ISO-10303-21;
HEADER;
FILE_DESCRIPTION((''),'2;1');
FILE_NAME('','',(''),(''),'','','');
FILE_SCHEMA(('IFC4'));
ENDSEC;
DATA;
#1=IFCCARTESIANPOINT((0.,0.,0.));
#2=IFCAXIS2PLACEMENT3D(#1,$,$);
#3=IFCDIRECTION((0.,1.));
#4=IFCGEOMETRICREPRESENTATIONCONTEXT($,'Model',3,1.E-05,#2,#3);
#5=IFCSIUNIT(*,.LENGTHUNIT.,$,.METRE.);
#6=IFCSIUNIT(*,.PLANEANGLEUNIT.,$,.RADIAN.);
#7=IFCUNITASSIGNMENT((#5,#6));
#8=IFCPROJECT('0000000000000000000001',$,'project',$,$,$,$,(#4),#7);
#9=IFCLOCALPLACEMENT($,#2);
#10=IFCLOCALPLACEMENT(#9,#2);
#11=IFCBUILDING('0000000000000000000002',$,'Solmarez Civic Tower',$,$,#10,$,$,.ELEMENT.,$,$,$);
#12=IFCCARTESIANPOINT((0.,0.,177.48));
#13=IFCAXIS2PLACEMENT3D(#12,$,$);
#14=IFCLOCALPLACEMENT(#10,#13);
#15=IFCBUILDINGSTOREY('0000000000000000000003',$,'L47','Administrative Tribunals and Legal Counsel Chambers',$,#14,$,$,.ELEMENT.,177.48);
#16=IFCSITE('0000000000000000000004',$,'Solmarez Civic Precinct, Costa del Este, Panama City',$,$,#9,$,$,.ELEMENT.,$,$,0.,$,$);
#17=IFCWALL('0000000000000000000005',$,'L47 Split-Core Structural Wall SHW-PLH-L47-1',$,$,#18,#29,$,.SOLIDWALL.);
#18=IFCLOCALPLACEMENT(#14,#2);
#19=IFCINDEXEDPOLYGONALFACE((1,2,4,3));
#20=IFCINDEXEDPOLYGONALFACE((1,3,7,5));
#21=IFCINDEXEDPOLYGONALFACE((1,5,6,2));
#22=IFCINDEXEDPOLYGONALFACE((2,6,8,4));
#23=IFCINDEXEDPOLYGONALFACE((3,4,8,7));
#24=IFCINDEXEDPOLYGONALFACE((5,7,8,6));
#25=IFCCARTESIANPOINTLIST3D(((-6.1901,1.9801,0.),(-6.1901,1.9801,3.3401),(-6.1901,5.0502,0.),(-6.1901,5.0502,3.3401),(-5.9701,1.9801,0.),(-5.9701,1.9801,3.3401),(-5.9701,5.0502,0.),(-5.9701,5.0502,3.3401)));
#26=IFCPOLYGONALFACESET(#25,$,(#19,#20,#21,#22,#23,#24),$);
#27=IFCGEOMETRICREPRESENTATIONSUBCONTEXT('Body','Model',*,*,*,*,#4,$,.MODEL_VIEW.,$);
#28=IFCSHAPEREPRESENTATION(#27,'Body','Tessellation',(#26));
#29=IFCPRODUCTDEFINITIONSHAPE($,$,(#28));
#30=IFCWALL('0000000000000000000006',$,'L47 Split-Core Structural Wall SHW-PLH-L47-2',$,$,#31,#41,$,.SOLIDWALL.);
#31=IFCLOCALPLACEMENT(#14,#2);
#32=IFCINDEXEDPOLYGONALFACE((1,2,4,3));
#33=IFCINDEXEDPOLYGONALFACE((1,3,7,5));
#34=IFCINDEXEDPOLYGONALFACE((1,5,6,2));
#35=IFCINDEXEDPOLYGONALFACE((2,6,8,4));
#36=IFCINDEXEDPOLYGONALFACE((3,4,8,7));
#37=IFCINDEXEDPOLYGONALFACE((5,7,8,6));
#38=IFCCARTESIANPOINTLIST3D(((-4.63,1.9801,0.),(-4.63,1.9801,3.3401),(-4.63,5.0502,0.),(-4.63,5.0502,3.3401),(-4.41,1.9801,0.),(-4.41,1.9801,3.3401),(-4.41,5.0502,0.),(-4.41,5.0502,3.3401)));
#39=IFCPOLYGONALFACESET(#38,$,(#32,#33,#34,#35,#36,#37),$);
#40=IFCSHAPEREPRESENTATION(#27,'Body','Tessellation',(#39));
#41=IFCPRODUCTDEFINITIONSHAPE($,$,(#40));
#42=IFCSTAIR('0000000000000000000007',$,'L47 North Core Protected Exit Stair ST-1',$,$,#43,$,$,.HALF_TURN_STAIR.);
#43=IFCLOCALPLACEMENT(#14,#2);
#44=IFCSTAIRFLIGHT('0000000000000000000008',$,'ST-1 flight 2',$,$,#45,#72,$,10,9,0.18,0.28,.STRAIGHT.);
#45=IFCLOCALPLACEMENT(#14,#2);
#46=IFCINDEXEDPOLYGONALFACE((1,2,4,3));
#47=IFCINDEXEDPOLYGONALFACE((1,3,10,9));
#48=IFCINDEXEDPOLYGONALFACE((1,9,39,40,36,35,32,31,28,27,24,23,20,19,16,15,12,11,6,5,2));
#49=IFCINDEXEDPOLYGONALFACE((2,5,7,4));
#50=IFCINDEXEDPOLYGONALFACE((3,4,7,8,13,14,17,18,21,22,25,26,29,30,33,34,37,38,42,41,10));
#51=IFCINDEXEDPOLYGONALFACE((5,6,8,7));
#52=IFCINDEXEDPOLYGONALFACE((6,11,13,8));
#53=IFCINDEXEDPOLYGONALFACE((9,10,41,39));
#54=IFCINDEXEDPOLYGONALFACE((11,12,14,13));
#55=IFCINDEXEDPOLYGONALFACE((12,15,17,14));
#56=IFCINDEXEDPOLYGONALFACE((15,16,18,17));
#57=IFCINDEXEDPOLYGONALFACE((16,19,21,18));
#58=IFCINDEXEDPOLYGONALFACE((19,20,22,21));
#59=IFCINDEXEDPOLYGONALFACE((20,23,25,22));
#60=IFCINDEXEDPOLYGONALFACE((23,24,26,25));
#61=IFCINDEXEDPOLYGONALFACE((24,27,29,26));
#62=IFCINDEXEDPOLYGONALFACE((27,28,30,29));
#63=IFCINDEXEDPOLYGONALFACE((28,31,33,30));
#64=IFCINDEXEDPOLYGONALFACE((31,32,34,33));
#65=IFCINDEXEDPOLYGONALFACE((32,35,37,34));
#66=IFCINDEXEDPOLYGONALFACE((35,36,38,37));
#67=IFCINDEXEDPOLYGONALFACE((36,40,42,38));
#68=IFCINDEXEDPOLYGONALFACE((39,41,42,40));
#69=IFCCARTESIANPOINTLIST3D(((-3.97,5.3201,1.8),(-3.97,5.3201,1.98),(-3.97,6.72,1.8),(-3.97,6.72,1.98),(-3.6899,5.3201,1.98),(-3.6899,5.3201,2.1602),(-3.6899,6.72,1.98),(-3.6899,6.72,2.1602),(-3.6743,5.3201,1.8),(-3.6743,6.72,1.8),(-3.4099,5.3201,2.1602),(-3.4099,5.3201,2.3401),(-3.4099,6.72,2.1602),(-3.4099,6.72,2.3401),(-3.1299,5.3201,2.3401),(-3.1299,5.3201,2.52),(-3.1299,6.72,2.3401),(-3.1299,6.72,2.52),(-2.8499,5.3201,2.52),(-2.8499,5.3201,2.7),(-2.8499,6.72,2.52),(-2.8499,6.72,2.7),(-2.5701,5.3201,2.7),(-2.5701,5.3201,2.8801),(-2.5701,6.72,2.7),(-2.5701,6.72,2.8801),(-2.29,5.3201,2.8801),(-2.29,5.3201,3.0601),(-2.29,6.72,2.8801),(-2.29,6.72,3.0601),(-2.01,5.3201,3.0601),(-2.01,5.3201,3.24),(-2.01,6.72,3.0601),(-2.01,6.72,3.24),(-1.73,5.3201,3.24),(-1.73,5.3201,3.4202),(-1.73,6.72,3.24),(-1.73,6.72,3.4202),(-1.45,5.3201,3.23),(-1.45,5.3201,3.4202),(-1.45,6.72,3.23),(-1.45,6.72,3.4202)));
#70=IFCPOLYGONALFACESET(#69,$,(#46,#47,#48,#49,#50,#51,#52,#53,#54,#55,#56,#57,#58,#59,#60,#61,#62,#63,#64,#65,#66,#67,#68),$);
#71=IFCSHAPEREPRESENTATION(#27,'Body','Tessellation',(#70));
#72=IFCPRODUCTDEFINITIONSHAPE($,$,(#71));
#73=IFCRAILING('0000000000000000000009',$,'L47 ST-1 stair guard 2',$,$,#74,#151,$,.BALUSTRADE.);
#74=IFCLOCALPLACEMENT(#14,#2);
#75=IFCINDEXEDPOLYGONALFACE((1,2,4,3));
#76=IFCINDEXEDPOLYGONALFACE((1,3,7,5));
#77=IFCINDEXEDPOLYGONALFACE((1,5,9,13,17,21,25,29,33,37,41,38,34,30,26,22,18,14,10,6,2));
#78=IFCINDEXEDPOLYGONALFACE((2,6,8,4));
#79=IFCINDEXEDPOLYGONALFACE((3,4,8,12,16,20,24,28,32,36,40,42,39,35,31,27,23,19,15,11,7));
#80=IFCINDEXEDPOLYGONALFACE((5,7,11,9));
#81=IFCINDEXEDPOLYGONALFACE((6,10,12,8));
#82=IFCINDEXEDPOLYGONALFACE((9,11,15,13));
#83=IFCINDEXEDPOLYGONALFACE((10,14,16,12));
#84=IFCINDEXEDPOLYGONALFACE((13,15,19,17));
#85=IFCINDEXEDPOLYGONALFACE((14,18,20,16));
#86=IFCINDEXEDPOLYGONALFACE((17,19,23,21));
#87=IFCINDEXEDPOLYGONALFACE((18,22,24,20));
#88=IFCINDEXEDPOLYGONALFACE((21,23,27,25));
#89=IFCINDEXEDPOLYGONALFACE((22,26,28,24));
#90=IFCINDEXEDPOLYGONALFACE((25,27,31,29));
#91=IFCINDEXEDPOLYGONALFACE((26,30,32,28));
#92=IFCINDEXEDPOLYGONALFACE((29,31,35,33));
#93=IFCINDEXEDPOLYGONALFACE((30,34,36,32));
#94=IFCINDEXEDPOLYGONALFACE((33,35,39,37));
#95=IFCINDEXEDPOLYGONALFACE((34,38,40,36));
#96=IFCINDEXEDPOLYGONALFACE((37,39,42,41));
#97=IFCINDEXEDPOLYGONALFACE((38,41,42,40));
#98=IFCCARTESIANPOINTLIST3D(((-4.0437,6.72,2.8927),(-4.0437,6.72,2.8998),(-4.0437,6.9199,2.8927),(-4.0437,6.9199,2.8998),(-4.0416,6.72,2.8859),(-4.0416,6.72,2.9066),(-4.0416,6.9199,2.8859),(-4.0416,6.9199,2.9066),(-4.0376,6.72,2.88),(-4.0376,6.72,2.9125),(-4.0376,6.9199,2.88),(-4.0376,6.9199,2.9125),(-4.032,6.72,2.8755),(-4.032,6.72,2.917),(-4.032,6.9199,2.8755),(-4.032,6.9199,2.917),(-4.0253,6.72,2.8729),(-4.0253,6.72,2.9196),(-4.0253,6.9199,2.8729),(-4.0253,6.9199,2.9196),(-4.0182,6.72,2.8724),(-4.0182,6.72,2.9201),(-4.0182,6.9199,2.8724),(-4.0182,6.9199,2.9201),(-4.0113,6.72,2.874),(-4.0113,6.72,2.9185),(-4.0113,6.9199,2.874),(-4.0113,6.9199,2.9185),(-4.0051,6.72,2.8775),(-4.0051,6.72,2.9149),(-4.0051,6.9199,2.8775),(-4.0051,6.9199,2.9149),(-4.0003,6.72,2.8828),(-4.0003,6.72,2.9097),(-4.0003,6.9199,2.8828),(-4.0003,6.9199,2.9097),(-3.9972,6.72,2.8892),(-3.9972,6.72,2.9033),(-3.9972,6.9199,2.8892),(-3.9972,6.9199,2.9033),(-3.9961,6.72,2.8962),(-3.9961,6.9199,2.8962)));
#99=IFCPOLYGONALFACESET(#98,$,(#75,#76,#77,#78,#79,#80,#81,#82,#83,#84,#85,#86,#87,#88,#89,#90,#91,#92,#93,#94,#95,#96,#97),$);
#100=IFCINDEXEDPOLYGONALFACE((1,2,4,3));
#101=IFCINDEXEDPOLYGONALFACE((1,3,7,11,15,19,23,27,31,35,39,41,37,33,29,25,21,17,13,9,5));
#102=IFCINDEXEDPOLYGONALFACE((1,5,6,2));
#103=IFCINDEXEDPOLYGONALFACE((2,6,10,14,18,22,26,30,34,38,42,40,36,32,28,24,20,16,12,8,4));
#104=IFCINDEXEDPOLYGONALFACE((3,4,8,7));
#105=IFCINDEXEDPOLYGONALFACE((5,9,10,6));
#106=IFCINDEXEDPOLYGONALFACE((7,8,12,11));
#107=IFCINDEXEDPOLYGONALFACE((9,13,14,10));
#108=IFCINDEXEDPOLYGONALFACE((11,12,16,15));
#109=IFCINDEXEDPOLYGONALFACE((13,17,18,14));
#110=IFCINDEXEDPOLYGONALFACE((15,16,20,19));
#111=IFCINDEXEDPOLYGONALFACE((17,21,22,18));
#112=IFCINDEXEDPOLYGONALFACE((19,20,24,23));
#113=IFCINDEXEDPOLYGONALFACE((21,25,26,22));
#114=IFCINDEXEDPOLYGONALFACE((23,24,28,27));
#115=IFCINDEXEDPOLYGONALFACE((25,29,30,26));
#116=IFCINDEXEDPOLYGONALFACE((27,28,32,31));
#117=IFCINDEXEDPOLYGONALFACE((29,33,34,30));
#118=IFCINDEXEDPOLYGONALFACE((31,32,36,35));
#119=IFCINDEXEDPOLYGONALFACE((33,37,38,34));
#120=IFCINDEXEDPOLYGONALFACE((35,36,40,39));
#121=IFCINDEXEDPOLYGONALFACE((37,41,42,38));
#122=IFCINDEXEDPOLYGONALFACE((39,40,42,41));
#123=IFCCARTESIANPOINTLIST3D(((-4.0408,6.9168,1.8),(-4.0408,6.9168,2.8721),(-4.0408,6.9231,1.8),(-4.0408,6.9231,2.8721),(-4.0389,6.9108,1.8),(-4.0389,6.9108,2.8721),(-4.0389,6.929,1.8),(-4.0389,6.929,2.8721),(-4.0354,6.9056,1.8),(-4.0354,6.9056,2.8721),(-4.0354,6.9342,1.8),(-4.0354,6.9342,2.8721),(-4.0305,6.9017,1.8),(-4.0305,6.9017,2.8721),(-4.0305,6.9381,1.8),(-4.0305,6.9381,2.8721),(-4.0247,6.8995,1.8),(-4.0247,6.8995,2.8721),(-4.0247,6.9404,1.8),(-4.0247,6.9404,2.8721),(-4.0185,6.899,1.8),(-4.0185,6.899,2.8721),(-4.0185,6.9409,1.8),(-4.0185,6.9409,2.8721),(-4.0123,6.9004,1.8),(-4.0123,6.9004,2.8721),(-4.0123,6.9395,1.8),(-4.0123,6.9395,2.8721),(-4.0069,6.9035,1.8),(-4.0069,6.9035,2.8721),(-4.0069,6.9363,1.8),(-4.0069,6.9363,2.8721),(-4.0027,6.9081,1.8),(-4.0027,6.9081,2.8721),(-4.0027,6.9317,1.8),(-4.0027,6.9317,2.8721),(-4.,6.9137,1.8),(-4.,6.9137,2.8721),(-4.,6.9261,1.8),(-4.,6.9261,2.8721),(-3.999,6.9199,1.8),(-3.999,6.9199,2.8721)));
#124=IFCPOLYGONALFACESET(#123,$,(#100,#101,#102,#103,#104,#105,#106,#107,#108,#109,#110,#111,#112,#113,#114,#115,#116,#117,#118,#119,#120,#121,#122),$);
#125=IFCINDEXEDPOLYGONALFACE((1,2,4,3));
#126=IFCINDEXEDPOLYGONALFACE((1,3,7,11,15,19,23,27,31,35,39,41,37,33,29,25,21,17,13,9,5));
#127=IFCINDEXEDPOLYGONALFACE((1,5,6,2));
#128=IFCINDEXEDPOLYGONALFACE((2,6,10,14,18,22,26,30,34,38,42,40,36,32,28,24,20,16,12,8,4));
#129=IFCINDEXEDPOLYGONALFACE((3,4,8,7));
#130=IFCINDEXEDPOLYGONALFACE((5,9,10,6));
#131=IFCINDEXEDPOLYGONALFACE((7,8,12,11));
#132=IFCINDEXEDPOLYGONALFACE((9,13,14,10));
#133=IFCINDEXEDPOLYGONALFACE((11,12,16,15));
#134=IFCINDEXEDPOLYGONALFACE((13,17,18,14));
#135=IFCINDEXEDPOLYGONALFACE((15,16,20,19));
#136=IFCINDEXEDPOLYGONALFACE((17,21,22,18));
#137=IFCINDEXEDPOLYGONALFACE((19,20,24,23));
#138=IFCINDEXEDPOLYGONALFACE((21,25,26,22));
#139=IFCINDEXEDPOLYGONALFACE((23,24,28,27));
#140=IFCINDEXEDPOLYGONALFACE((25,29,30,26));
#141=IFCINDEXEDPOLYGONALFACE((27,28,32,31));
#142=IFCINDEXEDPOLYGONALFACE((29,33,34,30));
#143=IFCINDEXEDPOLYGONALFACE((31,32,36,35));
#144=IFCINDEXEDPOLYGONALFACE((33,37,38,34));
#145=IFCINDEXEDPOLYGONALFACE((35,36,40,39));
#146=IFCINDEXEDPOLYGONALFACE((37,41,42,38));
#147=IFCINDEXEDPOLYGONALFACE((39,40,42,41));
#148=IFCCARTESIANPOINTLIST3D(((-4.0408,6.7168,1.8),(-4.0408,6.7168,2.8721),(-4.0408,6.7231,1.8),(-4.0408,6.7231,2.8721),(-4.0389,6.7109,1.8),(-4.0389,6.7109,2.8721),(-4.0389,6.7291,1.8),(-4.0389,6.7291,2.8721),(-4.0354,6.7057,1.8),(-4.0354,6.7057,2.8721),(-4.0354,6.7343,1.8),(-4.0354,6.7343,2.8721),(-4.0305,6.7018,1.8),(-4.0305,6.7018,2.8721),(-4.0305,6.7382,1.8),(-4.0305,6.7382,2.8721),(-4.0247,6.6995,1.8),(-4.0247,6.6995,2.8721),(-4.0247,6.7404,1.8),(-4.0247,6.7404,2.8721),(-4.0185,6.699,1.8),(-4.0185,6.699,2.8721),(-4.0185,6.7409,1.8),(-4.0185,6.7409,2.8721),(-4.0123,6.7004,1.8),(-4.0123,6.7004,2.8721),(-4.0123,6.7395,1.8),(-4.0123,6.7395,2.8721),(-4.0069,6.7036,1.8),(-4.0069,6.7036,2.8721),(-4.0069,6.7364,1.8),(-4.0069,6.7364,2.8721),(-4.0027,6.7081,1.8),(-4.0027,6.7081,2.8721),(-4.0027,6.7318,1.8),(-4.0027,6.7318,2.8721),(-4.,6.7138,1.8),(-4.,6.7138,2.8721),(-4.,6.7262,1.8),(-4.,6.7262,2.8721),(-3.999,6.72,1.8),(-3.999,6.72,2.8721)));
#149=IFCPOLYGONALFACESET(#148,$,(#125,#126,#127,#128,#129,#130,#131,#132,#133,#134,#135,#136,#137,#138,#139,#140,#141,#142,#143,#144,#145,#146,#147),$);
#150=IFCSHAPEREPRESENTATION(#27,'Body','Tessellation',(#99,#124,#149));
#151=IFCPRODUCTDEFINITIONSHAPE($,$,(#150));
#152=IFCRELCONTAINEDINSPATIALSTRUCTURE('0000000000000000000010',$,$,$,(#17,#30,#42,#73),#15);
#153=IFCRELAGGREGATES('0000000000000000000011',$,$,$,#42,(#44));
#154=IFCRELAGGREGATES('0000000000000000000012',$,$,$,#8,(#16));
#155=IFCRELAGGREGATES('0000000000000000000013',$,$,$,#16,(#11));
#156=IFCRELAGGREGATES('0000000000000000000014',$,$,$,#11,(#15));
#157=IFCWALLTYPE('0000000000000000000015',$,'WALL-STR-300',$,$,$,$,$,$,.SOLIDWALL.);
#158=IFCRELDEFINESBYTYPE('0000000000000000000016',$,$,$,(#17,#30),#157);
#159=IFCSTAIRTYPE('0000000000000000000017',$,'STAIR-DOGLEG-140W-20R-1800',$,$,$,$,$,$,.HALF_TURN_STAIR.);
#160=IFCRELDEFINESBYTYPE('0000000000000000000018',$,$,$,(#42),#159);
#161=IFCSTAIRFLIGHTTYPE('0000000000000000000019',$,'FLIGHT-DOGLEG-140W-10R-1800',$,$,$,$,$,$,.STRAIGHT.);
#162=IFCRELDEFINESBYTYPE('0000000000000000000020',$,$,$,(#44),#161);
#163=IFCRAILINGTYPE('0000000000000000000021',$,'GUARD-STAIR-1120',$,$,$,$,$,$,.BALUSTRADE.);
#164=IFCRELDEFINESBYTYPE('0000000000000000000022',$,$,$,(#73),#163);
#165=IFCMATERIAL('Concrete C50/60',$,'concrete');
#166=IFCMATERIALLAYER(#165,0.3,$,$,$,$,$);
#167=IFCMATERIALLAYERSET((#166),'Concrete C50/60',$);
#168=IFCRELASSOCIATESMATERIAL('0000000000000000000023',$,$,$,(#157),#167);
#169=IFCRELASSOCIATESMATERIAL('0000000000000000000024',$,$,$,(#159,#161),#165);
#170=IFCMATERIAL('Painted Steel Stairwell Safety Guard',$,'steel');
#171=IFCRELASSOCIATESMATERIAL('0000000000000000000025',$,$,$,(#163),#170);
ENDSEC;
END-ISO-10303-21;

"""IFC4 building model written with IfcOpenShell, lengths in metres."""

from ifc_helpers import new_model, si_unit, direction, frame, frame_2d, origin, origin_2d, place, context, subcontext, project, spatial, polyline, rectangle, circle, outline, extrude, material, layer, layer_set, type_object, element, aggregate, save


model = new_model("IFC4")

# Units and contexts
model_context = context("Model", 3, precision=1e-05, world=origin(), true_north=direction((0.0, 1.0)))
body_context = subcontext(model_context, "Body", "Model", "MODEL_VIEW")
ifc_project = project(units=[si_unit("LENGTHUNIT", "METRE"), si_unit("PLANEANGLEUNIT", "RADIAN")], contexts=[model_context])

# Site, building, storey
site_placement = place(None, origin())
site = spatial("IfcSite", under=ifc_project, at=site_placement, Name="Solmarez Civic Precinct, Costa del Este, Panama City", CompositionType="ELEMENT", RefElevation=0.0)
building_placement = place(site_placement, origin())
building = spatial("IfcBuilding", under=site, at=building_placement, Name="Solmarez Civic Tower", CompositionType="ELEMENT")
storey_placement = place(building_placement, frame((0.0, 0.0, 177.48)))
storey = spatial("IfcBuildingStorey", under=building, at=storey_placement, Name="L47", Description="Administrative Tribunals and Legal Counsel Chambers", CompositionType="ELEMENT", Elevation=177.48)

# Shared definitions
ifc_material_1 = material(Name="Concrete C50/60", Category="concrete")

# Walls
ifc_layer_1 = layer(ifc_material_1, 0.3)
ifc_layer_set_1 = layer_set([ifc_layer_1], Name="Concrete C50/60")
wall_type_1 = type_object("IfcWallType", Name="WALL-STR-300", PredefinedType="SOLIDWALL", material=ifc_layer_set_1)
for number, where, z_axis, x_axis, name in (
    (1, (-6.0801, 1.98, 0.0), (0.0, 0.0, 1.0), (0.0, 1.0, 0.0), "L47 Split-Core Structural Wall SHW-PLH-L47-1"),
    (2, (-4.52, 1.98, 0.0), (0.0, 0.0, 1.0), (0.0, 1.0, 0.0), "L47 Split-Core Structural Wall SHW-PLH-L47-2"),
):
    element("IfcWall", number, at=place(storey_placement, frame(where, z_axis=z_axis, x_axis=x_axis)), inside=storey, type_object=wall_type_1, Name=name, PredefinedType="SOLIDWALL", context=body_context, shape_type="SweptSolid", body=[
        extrude(rectangle(XDim=3.0701, YDim=0.22, at=frame_2d((1.5352, 0.0))), origin(), (0.0, 0.0, 1.0), 3.3401),
    ])

# Stair, stair flight
stair_type = type_object("IfcStairType", Name="STAIR-DOGLEG-140W-20R-1800", PredefinedType="HALF_TURN_STAIR", material=ifc_material_1)
stair_placement = place(storey_placement, origin())
stair = element("IfcStair", 3, at=stair_placement, inside=storey, type_object=stair_type, Name="L47 North Core Protected Exit Stair ST-1", PredefinedType="HALF_TURN_STAIR")
stair_flight_type = type_object("IfcStairFlightType", Name="FLIGHT-DOGLEG-140W-10R-1800", PredefinedType="STRAIGHT", material=ifc_material_1)
stair_flight_placement = place(storey_placement, frame((-3.97, 6.02, 1.8), z_axis=(0.0, 0.0, 1.0), x_axis=(1.0, 0.0, 0.0)))
stair_flight = element("IfcStairFlight", 4, at=stair_flight_placement, type_object=stair_flight_type, Name="ST-1 flight 2", NumberOfRisers=10, NumberOfTreads=9, PredefinedType="STRAIGHT", RiserHeight=0.18, TreadLength=0.28, context=body_context, shape_type="SweptSolid", body=[
    extrude(outline(polyline([(0.0, 0.0), (0.0, 0.1799), (0.28, 0.1799), (0.28, 0.3601), (0.5601, 0.3601), (0.5601, 0.54), (0.8401, 0.54), (0.8401, 0.72), (1.1201, 0.72), (1.1201, 0.8999), (1.3999, 0.8999), (1.3999, 1.0801), (1.6799, 1.0801), (1.6799, 1.26), (1.96, 1.26), (1.96, 1.4399), (2.24, 1.4399), (2.24, 1.6201), (2.52, 1.6201), (2.52, 1.8), (2.52, 1.4299), (0.2957, 0.0), (0.0, 0.0)])), frame((0.0, 0.7, 0.0), z_axis=(0.0, -1.0, 0.0), x_axis=(1.0, 0.0, 0.0)), (0.0, 0.0, 1.0), 1.3999),
])
aggregate(stair, [stair_flight])

# Railing
ifc_material_2 = material(Name="Painted Steel Stairwell Safety Guard", Category="steel")
railing_type_1 = type_object("IfcRailingType", Name="GUARD-STAIR-1120", PredefinedType="BALUSTRADE", material=ifc_material_2)
railing_1_placement = place(storey_placement, frame((-4.02, 6.9199, 1.8)))
element("IfcRailing", 5, at=railing_1_placement, inside=storey, type_object=railing_type_1, Name="L47 ST-1 stair guard 2", PredefinedType="BALUSTRADE", context=body_context, shape_type="SweptSolid", body=[
    extrude(circle(Radius=0.0239, at=origin_2d()), frame((0.0, 0.0, 1.0962), z_axis=(0.0, -1.0, 0.0), x_axis=(1.0, 0.0, 0.0)), (0.0, 0.0, 1.0), 0.2),
    extrude(circle(Radius=0.021, at=origin_2d()), origin(), (0.0, 0.0, 1.0), 1.072),
    extrude(circle(Radius=0.021, at=origin_2d()), frame((0.0, -0.2, 0.0)), (0.0, 0.0, 1.0), 1.072),
])

save(model, "model.ifc")
